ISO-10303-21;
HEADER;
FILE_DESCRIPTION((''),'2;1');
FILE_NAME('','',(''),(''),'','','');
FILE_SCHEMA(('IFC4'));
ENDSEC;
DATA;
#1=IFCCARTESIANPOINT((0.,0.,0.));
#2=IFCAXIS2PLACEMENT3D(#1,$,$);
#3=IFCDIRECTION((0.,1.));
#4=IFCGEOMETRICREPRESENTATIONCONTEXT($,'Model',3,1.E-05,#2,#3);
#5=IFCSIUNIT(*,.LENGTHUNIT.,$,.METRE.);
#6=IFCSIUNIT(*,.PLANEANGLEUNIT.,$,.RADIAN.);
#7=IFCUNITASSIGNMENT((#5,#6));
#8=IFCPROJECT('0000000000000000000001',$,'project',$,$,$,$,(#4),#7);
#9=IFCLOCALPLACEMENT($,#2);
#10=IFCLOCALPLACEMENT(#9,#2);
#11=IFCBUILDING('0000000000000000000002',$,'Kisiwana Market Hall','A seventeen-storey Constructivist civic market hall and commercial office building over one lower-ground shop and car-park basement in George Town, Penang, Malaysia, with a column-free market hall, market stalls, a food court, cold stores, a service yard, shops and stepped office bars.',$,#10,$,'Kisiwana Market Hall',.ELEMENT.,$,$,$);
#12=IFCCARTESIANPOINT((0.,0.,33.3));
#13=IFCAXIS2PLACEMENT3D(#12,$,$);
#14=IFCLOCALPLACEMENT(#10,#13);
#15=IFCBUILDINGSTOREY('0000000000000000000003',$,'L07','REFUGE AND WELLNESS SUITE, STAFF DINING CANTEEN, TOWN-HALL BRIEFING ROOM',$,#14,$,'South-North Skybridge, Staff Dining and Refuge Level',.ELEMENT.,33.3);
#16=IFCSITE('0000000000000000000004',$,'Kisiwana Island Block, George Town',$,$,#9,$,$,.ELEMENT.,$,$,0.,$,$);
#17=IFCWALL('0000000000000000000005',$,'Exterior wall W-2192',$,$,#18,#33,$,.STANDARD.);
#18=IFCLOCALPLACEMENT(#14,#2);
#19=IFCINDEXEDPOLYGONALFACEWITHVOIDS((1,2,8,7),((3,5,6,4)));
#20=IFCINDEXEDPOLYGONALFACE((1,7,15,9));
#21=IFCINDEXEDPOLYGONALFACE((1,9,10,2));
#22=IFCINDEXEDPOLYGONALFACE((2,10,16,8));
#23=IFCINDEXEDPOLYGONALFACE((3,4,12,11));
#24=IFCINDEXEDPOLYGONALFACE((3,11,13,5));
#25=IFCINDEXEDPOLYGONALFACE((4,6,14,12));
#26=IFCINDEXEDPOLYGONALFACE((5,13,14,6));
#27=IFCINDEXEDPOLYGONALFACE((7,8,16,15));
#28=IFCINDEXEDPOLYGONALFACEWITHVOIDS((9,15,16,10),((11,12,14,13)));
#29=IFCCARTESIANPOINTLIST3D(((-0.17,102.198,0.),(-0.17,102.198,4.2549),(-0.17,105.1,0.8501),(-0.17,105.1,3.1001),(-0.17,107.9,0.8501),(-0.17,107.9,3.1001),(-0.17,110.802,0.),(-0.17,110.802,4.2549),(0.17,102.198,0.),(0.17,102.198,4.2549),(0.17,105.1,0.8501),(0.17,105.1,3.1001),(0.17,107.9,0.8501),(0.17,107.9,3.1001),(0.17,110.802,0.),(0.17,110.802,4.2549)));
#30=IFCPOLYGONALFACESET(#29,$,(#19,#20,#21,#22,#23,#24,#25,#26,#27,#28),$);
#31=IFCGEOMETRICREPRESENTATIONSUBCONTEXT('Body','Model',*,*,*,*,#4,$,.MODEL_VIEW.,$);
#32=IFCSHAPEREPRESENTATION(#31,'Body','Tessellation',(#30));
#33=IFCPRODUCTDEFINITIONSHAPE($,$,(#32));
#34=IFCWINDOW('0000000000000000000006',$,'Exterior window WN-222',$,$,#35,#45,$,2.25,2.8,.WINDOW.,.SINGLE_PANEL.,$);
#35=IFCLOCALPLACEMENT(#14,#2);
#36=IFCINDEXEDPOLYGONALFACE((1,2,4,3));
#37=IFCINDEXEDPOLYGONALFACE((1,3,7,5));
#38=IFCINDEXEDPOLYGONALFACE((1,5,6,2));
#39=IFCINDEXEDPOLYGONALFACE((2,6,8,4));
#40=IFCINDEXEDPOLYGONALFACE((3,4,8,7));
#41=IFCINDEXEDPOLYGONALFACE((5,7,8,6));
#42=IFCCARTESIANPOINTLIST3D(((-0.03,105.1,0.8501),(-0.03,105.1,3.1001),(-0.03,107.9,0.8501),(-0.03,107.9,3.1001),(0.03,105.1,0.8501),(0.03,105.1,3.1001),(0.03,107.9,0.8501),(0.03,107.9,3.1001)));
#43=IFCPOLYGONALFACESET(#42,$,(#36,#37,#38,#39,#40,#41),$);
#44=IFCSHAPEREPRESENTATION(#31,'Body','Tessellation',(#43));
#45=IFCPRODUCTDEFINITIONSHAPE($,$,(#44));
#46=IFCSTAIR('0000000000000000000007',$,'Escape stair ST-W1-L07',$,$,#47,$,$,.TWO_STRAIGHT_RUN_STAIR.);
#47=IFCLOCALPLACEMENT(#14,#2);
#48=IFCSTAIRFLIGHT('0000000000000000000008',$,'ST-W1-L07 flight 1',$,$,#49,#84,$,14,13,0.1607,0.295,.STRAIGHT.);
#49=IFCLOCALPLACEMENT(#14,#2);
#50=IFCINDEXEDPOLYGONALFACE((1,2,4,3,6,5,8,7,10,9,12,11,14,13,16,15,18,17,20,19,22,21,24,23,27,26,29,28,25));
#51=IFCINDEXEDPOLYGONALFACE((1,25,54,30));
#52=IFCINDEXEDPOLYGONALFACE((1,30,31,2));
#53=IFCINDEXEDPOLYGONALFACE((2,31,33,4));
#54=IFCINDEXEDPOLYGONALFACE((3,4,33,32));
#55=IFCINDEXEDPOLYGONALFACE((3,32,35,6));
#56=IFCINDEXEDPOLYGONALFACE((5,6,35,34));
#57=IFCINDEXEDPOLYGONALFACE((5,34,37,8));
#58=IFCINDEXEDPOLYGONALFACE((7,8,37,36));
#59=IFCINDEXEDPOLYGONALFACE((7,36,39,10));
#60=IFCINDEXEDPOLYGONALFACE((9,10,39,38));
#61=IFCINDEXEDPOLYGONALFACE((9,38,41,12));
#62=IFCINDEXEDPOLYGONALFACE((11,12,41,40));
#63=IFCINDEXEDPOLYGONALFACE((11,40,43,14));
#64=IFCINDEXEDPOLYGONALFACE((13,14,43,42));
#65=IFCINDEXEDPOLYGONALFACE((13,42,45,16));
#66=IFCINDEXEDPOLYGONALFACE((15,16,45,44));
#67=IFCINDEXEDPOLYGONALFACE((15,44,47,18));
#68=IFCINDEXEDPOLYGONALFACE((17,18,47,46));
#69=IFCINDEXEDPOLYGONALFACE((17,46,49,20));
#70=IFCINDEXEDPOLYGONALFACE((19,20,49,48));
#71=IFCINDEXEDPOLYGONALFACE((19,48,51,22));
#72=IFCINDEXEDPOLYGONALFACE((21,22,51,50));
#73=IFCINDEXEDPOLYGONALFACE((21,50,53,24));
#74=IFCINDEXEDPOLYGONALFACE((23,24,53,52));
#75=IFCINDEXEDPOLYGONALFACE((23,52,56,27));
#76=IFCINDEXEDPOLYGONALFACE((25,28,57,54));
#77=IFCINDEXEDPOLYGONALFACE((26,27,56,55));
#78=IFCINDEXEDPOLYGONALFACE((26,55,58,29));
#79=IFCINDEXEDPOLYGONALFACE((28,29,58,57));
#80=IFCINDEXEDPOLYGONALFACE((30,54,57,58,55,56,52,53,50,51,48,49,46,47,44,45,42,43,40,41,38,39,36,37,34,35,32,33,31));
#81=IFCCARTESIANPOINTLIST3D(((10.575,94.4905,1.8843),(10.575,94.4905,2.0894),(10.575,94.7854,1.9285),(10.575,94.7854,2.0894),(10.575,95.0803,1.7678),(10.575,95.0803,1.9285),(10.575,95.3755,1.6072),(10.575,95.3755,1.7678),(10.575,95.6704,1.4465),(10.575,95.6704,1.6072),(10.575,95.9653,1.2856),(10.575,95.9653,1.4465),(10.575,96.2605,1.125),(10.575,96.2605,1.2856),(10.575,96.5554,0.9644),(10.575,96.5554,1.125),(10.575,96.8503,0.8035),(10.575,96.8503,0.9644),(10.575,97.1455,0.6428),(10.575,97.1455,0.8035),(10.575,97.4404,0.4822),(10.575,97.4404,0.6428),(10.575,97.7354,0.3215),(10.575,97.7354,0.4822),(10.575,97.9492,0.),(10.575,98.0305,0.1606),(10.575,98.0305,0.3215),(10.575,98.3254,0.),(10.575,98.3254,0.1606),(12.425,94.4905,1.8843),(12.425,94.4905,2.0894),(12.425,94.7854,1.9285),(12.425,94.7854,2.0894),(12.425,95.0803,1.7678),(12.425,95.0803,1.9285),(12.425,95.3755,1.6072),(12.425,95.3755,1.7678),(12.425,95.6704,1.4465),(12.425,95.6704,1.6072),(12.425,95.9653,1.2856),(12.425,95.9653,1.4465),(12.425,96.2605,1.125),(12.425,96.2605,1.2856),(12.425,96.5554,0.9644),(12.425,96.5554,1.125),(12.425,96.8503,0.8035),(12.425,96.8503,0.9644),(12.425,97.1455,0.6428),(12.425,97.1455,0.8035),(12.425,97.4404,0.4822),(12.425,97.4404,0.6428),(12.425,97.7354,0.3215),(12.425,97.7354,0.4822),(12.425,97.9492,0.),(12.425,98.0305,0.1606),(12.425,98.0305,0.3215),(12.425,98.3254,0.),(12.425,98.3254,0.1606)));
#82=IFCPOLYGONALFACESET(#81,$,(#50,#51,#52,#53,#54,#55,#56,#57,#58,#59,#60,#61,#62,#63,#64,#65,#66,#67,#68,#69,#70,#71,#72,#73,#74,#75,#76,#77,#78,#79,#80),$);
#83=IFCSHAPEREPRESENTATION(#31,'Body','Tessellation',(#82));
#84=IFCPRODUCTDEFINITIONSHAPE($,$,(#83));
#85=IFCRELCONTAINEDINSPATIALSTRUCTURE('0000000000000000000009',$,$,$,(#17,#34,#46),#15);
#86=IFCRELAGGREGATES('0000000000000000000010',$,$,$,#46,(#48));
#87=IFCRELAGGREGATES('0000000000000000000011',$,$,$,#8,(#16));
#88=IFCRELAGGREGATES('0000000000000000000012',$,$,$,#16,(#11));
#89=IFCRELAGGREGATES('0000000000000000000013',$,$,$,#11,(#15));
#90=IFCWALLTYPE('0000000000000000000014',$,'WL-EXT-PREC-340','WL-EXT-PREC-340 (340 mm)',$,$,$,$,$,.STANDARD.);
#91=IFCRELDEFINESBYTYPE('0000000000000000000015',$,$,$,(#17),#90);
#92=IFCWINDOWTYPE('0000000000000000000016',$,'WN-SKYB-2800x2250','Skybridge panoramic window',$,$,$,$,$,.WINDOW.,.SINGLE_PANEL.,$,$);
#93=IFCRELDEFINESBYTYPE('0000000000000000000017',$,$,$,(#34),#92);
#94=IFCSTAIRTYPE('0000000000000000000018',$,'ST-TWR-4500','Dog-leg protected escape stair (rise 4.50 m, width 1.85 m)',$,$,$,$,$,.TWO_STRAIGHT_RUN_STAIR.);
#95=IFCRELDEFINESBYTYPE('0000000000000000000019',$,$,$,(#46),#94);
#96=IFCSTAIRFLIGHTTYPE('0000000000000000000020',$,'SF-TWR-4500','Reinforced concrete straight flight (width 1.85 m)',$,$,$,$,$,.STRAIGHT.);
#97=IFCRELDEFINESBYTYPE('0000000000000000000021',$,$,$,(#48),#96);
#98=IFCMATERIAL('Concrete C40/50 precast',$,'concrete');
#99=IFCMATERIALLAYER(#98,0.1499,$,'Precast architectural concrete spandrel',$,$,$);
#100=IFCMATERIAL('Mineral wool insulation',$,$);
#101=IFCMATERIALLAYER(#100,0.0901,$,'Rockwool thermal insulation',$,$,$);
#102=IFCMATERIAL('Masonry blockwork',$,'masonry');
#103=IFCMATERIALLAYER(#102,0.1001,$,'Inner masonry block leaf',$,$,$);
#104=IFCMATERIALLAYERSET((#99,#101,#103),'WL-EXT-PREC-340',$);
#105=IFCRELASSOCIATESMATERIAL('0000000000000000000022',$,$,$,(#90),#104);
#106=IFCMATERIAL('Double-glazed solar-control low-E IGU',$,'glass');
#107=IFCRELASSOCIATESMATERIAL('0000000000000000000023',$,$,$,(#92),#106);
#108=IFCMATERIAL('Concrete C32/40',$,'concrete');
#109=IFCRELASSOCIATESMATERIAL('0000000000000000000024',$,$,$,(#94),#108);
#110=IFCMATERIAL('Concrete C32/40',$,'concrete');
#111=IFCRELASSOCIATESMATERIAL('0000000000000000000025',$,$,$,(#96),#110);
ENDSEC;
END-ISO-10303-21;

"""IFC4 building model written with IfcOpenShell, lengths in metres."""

from ifc_helpers import new_model, si_unit, direction, frame, frame_2d, origin, place, context, subcontext, project, spatial, polyline, rectangle, outline, extrude, material, layer, layer_set, type_object, element, fill, aggregate, save


model = new_model("IFC4")

# Units and contexts
model_context = context("Model", 3, precision=1e-05, world=origin(), true_north=direction((0.0, 1.0)))
body_context = subcontext(model_context, "Body", "Model", "MODEL_VIEW")
ifc_project = project(units=[si_unit("LENGTHUNIT", "METRE"), si_unit("PLANEANGLEUNIT", "RADIAN")], contexts=[model_context])

# Site, building, storey
site_placement = place(None, origin())
site = spatial("IfcSite", under=ifc_project, at=site_placement, Name="Kisiwana Island Block, George Town", CompositionType="ELEMENT", RefElevation=0.0)
building_placement = place(site_placement, origin())
building = spatial("IfcBuilding", under=site, at=building_placement, Name="Kisiwana Market Hall", Description="A seventeen-storey Constructivist civic market hall and commercial office building over one lower-ground shop and car-park basement in George Town, Penang, Malaysia, with a column-free market hall, market stalls, a food court, cold stores, a service yard, shops and stepped office bars.", LongName="Kisiwana Market Hall", CompositionType="ELEMENT")
storey_placement = place(building_placement, frame((0.0, 0.0, 33.3)))
storey = spatial("IfcBuildingStorey", under=building, at=storey_placement, Name="L07", Description="REFUGE AND WELLNESS SUITE, STAFF DINING CANTEEN, TOWN-HALL BRIEFING ROOM", LongName="South-North Skybridge, Staff Dining and Refuge Level", CompositionType="ELEMENT", Elevation=33.3)

# Wall, opening, window
ifc_material_1 = material(Name="Concrete C40/50 precast", Category="concrete")
ifc_layer_1 = layer(ifc_material_1, 0.1499, Name="Precast architectural concrete spandrel")
ifc_material_2 = material(Name="Mineral wool insulation")
ifc_layer_2 = layer(ifc_material_2, 0.0901, Name="Rockwool thermal insulation")
ifc_material_3 = material(Name="Masonry blockwork", Category="masonry")
ifc_layer_3 = layer(ifc_material_3, 0.1001, Name="Inner masonry block leaf")
ifc_layer_set_1 = layer_set([ifc_layer_1, ifc_layer_2, ifc_layer_3], Name="WL-EXT-PREC-340")
wall_type_1 = type_object("IfcWallType", Name="WL-EXT-PREC-340", Description="WL-EXT-PREC-340 (340 mm)", PredefinedType="STANDARD", material=ifc_layer_set_1)
ifc_material_4 = material(Name="Double-glazed solar-control low-E IGU", Category="glass")
window_type = type_object("IfcWindowType", Name="WN-SKYB-2800x2250", Description="Skybridge panoramic window", PartitioningType="SINGLE_PANEL", PredefinedType="WINDOW", material=ifc_material_4)
wall_1_placement = place(storey_placement, frame((0.0, 102.198, 0.0), z_axis=(0.0, 0.0, 1.0), x_axis=(0.0, 1.0, 0.0)))
wall_1 = element("IfcWall", 1, at=wall_1_placement, inside=storey, type_object=wall_type_1, Name="Exterior wall W-2192", PredefinedType="STANDARD", context=body_context, shape_type="SweptSolid", body=[
    extrude(rectangle(XDim=8.604, YDim=0.3401, at=frame_2d((4.302, 0.0))), origin(), (0.0, 0.0, 1.0), 4.2549),
])
opening_1_placement = place(wall_1_placement, frame((2.9021, 0.0, 0.8501)))
opening_1 = element("IfcOpeningElement", 2, at=opening_1_placement, cuts=wall_1, PredefinedType="OPENING", context=body_context, shape_type="SweptSolid", body=[
    extrude(rectangle(XDim=2.8, YDim=2.25, at=frame_2d((1.3999, 1.125))), frame((0.0, 0.1821, 0.0), z_axis=(0.0, -1.0, 0.0), x_axis=(1.0, 0.0, 0.0)), (0.0, 0.0, 1.0), 0.364),
])
window_1_placement = place(opening_1_placement, origin())
window_1 = element("IfcWindow", 3, at=window_1_placement, inside=storey, type_object=window_type, Name="Exterior window WN-222", OverallHeight=2.25, OverallWidth=2.8, PartitioningType="SINGLE_PANEL", PredefinedType="WINDOW", context=body_context, shape_type="SweptSolid", body=[
    extrude(rectangle(XDim=2.8, YDim=2.25, at=frame_2d((1.3999, 1.125))), frame((0.0, 0.03, 0.0), z_axis=(0.0, -1.0, 0.0), x_axis=(1.0, 0.0, 0.0)), (0.0, 0.0, 1.0), 0.0601),
])
fill(opening_1, window_1)

# Stair, stair flight
ifc_material_5 = material(Name="Concrete C32/40", Category="concrete")
stair_type = type_object("IfcStairType", Name="ST-TWR-4500", Description="Dog-leg protected escape stair (rise 4.50 m, width 1.85 m)", PredefinedType="TWO_STRAIGHT_RUN_STAIR", material=ifc_material_5)
stair_placement = place(storey_placement, origin())
stair = element("IfcStair", 4, at=stair_placement, inside=storey, type_object=stair_type, Name="Escape stair ST-W1-L07", PredefinedType="TWO_STRAIGHT_RUN_STAIR")
ifc_material_6 = material(Name="Concrete C32/40", Category="concrete")
stair_flight_type = type_object("IfcStairFlightType", Name="SF-TWR-4500", Description="Reinforced concrete straight flight (width 1.85 m)", PredefinedType="STRAIGHT", material=ifc_material_6)
stair_flight_placement = place(storey_placement, frame((11.5, 98.3254, 0.0), z_axis=(0.0, 0.0, 1.0), x_axis=(0.0, -1.0, 0.0)))
stair_flight = element("IfcStairFlight", 5, at=stair_flight_placement, type_object=stair_flight_type, Name="ST-W1-L07 flight 1", NumberOfRisers=14, NumberOfTreads=13, PredefinedType="STRAIGHT", RiserHeight=0.1607, TreadLength=0.295, context=body_context, shape_type="SweptSolid", body=[
    extrude(outline(polyline([(0.0, 0.0), (0.0, 0.1606), (0.2949, 0.1606), (0.2949, 0.3215), (0.5901, 0.3215), (0.5901, 0.4822), (0.885, 0.4822), (0.885, 0.6428), (1.1799, 0.6428), (1.1799, 0.8035), (1.4751, 0.8035), (1.4751, 0.9644), (1.77, 0.9644), (1.77, 1.125), (2.0649, 1.125), (2.0649, 1.2856), (2.3601, 1.2856), (2.3601, 1.4465), (2.655, 1.4465), (2.655, 1.6072), (2.95, 1.6072), (2.95, 1.7678), (3.2451, 1.7678), (3.2451, 1.9285), (3.54, 1.9285), (3.54, 2.0894), (3.835, 2.0894), (3.835, 2.25), (3.835, 1.8843), (0.3762, 0.0), (0.0, 0.0)])), frame((0.0, 0.925, 0.0), z_axis=(0.0, -1.0, 0.0), x_axis=(1.0, 0.0, 0.0)), (0.0, 0.0, 1.0), 1.8501),
])
aggregate(stair, [stair_flight])

save(model, "model.ifc")
